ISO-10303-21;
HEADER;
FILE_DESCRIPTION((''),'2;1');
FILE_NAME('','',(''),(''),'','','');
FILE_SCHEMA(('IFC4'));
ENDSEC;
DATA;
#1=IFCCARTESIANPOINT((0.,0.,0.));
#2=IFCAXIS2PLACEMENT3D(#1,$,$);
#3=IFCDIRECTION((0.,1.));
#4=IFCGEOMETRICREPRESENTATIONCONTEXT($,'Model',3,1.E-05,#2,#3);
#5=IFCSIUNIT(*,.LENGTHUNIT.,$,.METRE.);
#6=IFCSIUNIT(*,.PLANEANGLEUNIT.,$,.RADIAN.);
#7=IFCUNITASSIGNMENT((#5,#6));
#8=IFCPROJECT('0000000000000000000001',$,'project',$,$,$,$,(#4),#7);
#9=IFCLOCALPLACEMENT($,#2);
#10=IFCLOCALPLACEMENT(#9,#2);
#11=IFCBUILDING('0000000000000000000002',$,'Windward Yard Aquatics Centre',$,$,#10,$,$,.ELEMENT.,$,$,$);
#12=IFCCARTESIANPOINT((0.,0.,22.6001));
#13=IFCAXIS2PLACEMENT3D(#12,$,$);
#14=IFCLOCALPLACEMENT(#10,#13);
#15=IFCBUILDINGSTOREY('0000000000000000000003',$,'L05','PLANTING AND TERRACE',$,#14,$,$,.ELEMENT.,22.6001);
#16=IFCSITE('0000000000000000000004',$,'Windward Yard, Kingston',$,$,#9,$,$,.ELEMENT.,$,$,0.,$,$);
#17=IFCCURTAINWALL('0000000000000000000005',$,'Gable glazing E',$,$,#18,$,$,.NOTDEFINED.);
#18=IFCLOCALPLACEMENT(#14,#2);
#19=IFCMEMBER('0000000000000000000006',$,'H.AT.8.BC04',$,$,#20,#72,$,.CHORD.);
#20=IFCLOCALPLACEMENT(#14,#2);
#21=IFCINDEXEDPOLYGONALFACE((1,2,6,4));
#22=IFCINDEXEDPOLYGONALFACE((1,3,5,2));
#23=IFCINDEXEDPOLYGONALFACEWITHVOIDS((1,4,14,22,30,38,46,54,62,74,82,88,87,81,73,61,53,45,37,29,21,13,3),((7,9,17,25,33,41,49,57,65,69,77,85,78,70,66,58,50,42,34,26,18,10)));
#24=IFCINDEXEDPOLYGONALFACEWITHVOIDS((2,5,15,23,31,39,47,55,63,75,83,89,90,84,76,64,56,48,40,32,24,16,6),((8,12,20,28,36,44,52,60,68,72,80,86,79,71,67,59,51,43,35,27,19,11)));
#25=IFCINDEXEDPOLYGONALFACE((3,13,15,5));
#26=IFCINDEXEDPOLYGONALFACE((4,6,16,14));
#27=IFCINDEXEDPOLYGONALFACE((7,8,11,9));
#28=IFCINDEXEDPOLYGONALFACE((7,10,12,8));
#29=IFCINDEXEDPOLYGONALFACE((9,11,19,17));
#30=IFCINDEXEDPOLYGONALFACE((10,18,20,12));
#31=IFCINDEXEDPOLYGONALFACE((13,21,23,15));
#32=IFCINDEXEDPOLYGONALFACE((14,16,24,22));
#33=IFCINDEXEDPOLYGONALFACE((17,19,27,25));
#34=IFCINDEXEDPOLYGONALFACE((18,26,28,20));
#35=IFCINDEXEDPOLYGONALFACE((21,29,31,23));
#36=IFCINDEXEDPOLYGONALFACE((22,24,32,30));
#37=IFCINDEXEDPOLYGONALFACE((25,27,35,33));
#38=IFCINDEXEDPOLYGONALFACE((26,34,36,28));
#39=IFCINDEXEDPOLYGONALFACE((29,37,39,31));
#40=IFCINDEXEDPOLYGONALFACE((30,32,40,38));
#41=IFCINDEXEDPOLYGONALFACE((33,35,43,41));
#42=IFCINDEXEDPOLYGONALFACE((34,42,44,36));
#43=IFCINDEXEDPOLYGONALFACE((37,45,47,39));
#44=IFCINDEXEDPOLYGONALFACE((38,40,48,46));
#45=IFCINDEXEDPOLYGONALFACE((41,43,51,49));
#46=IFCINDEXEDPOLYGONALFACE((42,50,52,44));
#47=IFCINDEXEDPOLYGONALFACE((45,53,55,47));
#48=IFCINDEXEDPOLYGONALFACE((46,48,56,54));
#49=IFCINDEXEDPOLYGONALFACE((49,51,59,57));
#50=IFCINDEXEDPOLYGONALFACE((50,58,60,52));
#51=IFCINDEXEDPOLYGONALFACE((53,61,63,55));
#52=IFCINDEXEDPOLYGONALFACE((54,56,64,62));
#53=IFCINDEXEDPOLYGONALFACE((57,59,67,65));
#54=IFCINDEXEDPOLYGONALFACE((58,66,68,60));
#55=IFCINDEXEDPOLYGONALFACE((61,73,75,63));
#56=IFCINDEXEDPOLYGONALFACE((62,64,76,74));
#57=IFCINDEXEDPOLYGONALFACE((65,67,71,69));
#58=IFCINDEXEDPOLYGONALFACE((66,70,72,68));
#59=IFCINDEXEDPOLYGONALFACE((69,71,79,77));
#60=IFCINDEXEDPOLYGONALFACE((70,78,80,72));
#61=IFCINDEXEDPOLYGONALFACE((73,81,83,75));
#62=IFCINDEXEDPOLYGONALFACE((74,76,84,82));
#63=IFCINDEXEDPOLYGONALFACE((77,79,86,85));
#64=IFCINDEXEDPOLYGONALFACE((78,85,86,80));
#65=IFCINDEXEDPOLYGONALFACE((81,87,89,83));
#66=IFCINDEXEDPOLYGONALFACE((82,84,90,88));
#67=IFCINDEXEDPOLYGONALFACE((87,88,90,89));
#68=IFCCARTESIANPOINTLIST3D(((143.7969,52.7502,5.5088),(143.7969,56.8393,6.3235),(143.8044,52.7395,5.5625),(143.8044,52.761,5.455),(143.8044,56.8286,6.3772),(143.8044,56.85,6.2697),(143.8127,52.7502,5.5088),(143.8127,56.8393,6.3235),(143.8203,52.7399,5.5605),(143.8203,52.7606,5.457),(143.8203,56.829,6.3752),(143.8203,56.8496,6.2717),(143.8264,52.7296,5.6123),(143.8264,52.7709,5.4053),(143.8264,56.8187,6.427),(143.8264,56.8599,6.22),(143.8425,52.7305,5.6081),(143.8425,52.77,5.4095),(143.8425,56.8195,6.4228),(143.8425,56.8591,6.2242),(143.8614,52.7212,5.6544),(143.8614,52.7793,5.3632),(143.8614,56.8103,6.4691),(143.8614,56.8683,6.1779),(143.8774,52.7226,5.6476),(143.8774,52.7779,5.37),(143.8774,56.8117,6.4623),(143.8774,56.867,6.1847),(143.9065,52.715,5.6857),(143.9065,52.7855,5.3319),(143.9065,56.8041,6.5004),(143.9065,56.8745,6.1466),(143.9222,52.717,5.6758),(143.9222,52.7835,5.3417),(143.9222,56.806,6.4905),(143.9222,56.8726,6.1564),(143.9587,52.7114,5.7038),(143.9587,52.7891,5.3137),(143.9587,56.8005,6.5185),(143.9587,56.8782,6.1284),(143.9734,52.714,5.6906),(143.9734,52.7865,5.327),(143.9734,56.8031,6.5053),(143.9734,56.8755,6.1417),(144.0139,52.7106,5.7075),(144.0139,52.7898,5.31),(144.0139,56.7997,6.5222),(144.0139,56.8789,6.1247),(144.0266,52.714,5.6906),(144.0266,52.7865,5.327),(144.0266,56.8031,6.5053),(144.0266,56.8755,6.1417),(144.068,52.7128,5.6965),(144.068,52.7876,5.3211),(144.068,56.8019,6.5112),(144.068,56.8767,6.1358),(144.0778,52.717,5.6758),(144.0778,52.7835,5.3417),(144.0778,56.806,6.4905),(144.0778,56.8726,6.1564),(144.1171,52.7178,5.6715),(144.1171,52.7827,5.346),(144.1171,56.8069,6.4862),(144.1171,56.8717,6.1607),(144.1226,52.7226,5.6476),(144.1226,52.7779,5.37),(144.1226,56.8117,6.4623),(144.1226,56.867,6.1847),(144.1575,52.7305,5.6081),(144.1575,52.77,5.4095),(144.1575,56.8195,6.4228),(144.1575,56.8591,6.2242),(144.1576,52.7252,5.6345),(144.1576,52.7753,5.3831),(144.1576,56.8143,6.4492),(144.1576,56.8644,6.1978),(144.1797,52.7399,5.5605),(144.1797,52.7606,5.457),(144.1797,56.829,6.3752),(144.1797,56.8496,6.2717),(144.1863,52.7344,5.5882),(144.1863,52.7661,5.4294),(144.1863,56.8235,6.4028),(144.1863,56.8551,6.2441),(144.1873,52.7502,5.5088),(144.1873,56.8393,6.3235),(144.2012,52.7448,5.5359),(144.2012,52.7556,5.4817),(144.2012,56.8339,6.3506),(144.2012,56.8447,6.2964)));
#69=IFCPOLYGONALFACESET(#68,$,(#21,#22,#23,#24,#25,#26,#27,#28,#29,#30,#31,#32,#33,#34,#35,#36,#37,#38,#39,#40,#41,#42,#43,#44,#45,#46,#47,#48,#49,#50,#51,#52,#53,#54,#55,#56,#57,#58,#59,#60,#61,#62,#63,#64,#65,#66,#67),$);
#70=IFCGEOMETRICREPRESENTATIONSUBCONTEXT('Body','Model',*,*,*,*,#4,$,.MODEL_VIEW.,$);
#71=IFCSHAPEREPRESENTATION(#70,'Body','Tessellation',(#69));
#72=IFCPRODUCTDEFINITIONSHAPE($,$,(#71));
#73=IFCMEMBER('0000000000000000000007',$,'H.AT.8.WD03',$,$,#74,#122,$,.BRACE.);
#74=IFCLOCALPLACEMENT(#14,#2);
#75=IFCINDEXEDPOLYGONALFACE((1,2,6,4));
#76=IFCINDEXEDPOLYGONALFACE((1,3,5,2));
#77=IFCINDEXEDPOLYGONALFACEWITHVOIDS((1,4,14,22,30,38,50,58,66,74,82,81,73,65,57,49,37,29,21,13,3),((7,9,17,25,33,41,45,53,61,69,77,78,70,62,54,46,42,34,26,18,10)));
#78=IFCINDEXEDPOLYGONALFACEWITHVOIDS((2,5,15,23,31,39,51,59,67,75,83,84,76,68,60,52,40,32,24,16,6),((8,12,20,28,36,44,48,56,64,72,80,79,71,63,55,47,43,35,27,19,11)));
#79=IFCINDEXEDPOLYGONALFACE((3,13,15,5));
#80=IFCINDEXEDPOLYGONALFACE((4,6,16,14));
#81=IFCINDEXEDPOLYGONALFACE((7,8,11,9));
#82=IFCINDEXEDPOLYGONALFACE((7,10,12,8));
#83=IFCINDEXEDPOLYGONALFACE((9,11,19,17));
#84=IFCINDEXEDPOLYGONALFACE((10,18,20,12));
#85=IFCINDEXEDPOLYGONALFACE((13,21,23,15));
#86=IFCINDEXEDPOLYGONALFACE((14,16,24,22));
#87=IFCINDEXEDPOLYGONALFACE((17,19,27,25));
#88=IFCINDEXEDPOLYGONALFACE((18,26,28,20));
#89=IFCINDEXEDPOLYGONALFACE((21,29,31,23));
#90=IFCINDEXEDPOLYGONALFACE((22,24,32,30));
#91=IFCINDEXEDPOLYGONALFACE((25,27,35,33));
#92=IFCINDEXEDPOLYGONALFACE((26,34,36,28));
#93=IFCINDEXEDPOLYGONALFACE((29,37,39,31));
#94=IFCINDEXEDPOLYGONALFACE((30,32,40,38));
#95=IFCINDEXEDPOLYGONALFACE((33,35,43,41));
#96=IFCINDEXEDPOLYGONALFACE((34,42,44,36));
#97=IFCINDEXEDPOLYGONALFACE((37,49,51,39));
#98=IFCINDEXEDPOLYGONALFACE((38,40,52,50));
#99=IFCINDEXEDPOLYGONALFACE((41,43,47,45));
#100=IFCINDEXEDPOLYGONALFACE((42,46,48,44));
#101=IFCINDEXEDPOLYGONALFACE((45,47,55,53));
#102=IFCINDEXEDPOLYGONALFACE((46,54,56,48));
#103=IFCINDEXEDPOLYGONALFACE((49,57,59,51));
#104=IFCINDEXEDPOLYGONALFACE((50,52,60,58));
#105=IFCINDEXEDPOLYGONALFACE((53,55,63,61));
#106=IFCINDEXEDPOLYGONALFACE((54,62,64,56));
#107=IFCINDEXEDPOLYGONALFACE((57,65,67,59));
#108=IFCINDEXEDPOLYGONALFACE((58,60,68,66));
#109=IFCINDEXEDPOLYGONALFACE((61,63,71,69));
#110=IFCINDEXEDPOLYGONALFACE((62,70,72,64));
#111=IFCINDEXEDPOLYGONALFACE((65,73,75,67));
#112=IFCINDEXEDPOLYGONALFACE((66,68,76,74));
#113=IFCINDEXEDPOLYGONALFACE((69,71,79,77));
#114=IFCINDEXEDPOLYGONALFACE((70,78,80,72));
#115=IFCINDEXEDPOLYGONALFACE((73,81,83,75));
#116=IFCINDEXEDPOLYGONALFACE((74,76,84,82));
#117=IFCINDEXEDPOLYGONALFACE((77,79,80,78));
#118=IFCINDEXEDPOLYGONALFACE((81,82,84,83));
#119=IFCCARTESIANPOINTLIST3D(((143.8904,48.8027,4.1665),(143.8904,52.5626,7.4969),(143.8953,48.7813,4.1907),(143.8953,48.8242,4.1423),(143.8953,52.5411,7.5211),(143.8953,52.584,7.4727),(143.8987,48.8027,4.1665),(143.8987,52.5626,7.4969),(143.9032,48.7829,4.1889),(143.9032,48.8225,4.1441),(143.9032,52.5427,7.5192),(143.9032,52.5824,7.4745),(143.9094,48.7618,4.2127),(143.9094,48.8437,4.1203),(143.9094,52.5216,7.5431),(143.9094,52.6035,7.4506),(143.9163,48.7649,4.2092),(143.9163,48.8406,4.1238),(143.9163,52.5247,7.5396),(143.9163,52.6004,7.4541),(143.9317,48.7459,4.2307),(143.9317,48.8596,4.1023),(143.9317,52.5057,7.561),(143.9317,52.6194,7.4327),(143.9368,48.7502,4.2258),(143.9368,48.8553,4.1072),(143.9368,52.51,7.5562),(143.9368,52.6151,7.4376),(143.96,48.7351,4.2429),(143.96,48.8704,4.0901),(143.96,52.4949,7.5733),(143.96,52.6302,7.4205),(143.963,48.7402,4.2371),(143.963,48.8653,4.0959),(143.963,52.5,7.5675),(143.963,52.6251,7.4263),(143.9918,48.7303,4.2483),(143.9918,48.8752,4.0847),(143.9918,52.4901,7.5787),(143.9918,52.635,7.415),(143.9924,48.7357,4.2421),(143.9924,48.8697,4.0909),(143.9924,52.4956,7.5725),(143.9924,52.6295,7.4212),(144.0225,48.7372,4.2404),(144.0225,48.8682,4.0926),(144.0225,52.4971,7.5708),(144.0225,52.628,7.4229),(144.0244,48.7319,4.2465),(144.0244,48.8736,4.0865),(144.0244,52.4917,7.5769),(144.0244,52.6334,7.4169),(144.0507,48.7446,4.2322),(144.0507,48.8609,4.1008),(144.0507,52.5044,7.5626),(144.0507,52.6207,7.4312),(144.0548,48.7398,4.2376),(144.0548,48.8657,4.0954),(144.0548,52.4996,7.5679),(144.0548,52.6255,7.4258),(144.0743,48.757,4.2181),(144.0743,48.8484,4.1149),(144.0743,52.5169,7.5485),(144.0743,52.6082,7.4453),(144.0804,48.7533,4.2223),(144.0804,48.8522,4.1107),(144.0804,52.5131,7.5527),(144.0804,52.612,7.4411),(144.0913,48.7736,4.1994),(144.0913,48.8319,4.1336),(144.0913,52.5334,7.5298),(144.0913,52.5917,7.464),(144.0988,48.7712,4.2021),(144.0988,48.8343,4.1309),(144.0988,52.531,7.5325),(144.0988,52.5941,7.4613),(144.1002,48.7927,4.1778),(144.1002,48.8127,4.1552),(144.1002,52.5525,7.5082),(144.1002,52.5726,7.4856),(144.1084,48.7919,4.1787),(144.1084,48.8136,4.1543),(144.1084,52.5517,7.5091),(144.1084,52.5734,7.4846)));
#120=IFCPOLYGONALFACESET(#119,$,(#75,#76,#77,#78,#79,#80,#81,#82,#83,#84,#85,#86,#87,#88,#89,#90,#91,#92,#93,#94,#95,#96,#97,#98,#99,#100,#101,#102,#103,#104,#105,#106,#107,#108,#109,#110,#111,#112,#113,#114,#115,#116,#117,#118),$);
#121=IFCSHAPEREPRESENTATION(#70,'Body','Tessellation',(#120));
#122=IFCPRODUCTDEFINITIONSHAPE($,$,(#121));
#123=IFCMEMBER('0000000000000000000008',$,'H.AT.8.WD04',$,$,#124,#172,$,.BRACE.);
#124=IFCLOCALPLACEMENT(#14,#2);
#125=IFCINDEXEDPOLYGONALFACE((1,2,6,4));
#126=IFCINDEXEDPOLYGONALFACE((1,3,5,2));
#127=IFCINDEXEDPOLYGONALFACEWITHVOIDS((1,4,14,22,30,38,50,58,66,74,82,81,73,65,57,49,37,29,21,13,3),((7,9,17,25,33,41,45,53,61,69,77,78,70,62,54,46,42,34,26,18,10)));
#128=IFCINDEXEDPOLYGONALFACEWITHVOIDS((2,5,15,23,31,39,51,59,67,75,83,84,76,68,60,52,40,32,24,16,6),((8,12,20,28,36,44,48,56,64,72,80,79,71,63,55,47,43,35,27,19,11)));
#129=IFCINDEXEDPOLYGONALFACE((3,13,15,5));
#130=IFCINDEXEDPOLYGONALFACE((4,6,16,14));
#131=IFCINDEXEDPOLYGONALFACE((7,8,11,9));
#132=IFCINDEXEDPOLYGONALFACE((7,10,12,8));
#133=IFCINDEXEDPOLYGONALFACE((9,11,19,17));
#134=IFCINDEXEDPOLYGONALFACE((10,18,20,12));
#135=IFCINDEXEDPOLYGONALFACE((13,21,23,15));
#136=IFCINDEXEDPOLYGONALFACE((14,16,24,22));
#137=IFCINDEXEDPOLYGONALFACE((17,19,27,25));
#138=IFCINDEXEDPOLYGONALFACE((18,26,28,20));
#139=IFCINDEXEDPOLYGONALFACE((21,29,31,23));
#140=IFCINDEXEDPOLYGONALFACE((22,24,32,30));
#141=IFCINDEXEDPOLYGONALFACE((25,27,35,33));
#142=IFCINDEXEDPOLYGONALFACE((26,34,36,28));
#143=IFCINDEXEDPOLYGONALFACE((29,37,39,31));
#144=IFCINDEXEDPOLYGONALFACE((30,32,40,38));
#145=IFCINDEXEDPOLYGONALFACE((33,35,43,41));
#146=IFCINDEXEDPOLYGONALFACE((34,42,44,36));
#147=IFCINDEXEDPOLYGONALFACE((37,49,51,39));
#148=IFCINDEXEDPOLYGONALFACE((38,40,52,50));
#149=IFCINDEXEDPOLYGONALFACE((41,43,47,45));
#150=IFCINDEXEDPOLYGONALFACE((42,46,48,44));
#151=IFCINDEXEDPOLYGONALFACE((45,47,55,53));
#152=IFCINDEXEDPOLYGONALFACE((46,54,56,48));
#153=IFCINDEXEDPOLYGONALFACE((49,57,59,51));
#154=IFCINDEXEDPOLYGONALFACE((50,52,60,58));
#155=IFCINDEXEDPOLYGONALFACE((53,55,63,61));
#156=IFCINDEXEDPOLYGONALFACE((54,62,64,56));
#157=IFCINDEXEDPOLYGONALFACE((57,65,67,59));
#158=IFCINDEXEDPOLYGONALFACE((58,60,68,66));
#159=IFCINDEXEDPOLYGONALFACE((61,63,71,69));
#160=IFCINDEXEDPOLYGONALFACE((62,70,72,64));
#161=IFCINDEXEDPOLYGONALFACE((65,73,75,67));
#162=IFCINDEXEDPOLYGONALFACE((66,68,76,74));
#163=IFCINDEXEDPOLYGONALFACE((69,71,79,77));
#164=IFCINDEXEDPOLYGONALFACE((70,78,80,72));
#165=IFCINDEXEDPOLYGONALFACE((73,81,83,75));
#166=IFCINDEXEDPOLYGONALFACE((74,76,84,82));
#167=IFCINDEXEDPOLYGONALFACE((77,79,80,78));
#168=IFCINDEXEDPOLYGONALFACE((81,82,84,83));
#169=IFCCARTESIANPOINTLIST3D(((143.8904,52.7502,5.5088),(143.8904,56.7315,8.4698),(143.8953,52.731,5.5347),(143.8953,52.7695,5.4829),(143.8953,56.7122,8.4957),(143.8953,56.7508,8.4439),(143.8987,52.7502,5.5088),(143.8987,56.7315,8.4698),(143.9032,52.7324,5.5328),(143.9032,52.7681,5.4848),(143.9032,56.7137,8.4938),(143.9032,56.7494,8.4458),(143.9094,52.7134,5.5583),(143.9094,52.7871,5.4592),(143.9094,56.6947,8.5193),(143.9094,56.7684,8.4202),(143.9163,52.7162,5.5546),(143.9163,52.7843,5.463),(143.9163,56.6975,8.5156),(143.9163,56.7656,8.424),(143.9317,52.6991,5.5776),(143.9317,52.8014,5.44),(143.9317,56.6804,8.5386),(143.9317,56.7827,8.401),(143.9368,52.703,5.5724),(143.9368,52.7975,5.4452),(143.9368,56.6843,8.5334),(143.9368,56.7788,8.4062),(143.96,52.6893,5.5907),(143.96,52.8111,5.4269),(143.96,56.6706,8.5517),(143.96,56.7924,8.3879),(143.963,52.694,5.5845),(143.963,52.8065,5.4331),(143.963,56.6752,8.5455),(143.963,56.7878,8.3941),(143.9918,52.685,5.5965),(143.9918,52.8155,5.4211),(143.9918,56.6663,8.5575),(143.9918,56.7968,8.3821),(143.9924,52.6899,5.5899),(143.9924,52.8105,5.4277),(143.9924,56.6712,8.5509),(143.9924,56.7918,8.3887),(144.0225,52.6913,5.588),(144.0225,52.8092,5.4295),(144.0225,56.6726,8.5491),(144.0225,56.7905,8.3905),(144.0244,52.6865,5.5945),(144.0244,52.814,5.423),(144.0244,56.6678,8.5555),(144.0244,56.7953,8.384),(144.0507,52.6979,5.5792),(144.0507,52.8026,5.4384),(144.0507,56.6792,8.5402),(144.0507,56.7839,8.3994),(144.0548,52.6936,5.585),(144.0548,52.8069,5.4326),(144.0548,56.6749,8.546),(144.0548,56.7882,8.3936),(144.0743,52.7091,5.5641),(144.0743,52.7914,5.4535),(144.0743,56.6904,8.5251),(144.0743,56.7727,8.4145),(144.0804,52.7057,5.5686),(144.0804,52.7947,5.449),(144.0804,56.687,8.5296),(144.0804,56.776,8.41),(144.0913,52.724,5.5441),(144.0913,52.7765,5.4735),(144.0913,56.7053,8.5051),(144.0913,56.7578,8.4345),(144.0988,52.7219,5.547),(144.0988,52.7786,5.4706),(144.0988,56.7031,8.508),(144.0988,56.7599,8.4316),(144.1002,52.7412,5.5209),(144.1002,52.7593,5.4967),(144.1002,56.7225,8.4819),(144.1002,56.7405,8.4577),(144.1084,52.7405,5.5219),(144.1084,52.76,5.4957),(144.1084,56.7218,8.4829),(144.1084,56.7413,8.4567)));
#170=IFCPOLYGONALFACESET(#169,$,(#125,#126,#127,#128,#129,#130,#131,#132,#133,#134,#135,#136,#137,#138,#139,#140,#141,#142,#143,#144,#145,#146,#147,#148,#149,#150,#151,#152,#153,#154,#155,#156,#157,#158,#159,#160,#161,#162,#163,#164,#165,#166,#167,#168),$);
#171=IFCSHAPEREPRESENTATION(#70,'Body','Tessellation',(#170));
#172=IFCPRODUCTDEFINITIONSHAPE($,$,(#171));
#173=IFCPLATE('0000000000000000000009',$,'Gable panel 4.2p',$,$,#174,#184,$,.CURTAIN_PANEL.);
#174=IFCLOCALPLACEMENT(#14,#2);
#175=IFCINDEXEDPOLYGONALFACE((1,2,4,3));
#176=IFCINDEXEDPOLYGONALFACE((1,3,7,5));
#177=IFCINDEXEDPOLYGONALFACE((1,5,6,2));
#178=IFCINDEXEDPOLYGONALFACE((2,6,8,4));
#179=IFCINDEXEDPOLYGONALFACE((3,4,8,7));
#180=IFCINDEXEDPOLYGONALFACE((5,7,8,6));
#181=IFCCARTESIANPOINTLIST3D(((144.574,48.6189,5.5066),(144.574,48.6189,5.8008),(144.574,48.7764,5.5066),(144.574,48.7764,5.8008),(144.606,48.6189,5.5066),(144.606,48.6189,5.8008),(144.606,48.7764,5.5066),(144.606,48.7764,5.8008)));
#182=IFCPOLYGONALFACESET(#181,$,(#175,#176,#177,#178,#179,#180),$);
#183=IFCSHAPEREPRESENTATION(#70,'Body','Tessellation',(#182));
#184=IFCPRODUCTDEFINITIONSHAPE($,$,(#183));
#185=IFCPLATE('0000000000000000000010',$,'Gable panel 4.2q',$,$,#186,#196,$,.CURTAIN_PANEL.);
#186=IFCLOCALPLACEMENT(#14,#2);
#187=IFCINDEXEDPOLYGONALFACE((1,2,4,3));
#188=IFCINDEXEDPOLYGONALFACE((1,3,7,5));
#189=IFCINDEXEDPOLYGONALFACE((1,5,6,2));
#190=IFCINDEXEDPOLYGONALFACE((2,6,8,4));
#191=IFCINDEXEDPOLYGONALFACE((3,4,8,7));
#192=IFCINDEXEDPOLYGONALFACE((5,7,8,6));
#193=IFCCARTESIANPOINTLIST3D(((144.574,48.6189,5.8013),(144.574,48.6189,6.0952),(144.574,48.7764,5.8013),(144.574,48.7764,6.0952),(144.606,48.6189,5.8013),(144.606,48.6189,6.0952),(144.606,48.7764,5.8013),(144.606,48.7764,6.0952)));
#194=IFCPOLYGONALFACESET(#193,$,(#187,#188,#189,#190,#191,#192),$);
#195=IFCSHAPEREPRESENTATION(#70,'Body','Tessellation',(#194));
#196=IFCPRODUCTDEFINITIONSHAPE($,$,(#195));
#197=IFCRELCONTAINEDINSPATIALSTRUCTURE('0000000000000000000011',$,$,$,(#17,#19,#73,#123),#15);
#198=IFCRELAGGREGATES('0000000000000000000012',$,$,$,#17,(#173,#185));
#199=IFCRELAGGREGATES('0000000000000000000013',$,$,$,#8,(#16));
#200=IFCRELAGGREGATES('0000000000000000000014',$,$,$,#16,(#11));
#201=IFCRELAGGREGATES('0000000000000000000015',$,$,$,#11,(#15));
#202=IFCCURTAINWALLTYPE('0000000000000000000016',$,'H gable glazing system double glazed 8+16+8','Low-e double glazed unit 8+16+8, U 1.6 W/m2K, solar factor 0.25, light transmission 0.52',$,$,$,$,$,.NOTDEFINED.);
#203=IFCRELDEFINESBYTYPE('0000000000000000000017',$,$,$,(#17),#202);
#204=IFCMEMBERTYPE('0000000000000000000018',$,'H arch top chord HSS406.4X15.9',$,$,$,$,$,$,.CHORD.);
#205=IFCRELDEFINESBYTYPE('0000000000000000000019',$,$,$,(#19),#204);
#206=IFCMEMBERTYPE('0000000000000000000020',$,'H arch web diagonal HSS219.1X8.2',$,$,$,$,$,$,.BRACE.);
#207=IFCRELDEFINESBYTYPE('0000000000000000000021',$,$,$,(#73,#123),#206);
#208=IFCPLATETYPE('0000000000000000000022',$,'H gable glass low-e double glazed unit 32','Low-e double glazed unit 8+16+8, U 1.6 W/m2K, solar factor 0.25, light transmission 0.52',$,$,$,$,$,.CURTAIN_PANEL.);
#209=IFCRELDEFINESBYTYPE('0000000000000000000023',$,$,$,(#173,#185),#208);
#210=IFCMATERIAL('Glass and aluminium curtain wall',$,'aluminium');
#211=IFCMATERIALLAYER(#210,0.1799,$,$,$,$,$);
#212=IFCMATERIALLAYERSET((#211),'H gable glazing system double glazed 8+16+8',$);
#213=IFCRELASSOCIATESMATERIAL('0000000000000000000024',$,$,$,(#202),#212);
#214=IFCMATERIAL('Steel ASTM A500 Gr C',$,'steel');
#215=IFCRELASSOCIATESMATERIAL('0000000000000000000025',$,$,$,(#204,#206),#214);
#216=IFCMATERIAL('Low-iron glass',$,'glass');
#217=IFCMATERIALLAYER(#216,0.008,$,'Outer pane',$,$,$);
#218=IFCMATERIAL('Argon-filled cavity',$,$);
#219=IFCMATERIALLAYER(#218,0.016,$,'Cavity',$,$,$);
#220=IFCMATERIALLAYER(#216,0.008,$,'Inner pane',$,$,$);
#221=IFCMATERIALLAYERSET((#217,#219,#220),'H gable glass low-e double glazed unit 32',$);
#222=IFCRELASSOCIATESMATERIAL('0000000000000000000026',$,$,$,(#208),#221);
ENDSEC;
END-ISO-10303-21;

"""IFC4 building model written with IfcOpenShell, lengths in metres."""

from ifc_helpers import new_model, si_unit, direction, frame, origin, origin_2d, place, context, subcontext, project, spatial, polyline, hollow_circle, outline, extrude, material, layer, layer_set, material_profile, profile_set, type_object, element, aggregate, save


model = new_model("IFC4")

# Units and contexts
model_context = context("Model", 3, precision=1e-05, world=origin(), true_north=direction((0.0, 1.0)))
body_context = subcontext(model_context, "Body", "Model", "MODEL_VIEW")
ifc_project = project(units=[si_unit("LENGTHUNIT", "METRE"), si_unit("PLANEANGLEUNIT", "RADIAN")], contexts=[model_context])

# Site, building, storey
site_placement = place(None, origin())
site = spatial("IfcSite", under=ifc_project, at=site_placement, Name="Windward Yard, Kingston", CompositionType="ELEMENT", RefElevation=0.0)
building_placement = place(site_placement, origin())
building = spatial("IfcBuilding", under=site, at=building_placement, Name="Windward Yard Aquatics Centre", CompositionType="ELEMENT")
storey_placement = place(building_placement, frame((0.0, 0.0, 22.6001)))
storey = spatial("IfcBuildingStorey", under=building, at=storey_placement, Name="L05", Description="PLANTING AND TERRACE", CompositionType="ELEMENT", Elevation=22.6001)

# Curtain wall
ifc_material_1 = material(Name="Glass and aluminium curtain wall", Category="aluminium")
ifc_layer_1 = layer(ifc_material_1, 0.1799)
ifc_layer_set_1 = layer_set([ifc_layer_1], Name="H gable glazing system double glazed 8+16+8")
curtain_wall_type = type_object("IfcCurtainWallType", Name="H gable glazing system double glazed 8+16+8", Description="Low-e double glazed unit 8+16+8, U 1.6 W/m2K, solar factor 0.25, light transmission 0.52", PredefinedType="NOTDEFINED", material=ifc_layer_set_1)
curtain_wall_placement = place(storey_placement, origin())
curtain_wall = element("IfcCurtainWall", 1, at=curtain_wall_placement, inside=storey, type_object=curtain_wall_type, Name="Gable glazing E", PredefinedType="NOTDEFINED")

# Members
ifc_material_2 = material(Name="Steel ASTM A500 Gr C", Category="steel")
ifc_material_profile_1 = material_profile(ifc_material_2, hollow_circle(Radius=0.2031, WallThickness=0.0159, at=origin_2d()), Name="HSS406.4X15.9")
ifc_profile_set_1 = profile_set([ifc_material_profile_1], Name="Steel ASTM A500 Gr C")
member_type_1 = type_object("IfcMemberType", Name="H arch top chord HSS406.4X15.9", PredefinedType="CHORD", material=ifc_profile_set_1)
member_1_placement = place(storey_placement, frame((144.0, 52.7502, 5.5088), z_axis=(0.0, 0.980725, 0.195395), x_axis=(-1.0, 0.0, 0.0)))
element("IfcMember", 2, at=member_1_placement, inside=storey, type_object=member_type_1, Name="H.AT.8.BC04", PredefinedType="CHORD", context=body_context, shape_type="SweptSolid", body=[
    extrude(hollow_circle(Radius=0.2031, WallThickness=0.0159, at=origin_2d()), origin(), (0.0, 0.0, 1.0), 4.1694),
])
ifc_material_profile_2 = material_profile(ifc_material_2, hollow_circle(Radius=0.1096, WallThickness=0.0083, at=origin_2d()), Name="HSS219.1X8.2")
ifc_profile_set_2 = profile_set([ifc_material_profile_2], Name="Steel ASTM A500 Gr C")
member_type_2 = type_object("IfcMemberType", Name="H arch web diagonal HSS219.1X8.2", PredefinedType="BRACE", material=ifc_profile_set_2)
member_2_placement = place(storey_placement, frame((144.0, 48.8027, 4.1665), z_axis=(0.0, 0.748564, 0.663062), x_axis=(-1.0, 0.0, 0.0)))
element("IfcMember", 3, at=member_2_placement, inside=storey, type_object=member_type_2, Name="H.AT.8.WD03", PredefinedType="BRACE", context=body_context, shape_type="SweptSolid", body=[
    extrude(hollow_circle(Radius=0.1096, WallThickness=0.0083, at=origin_2d()), origin(), (0.0, 0.0, 1.0), 5.0227),
])
member_3_placement = place(storey_placement, frame((144.0, 52.7502, 5.5088), z_axis=(0.0, 0.802409, 0.596775), x_axis=(-1.0, 0.0, 0.0)))
element("IfcMember", 4, at=member_3_placement, inside=storey, type_object=member_type_2, Name="H.AT.8.WD04", PredefinedType="BRACE", context=body_context, shape_type="SweptSolid", body=[
    extrude(hollow_circle(Radius=0.1096, WallThickness=0.0083, at=origin_2d()), origin(), (0.0, 0.0, 1.0), 4.9617),
])

# Plates
ifc_material_3 = material(Name="Low-iron glass", Category="glass")
ifc_layer_2 = layer(ifc_material_3, 0.008, Name="Outer pane")
ifc_material_4 = material(Name="Argon-filled cavity")
ifc_layer_3 = layer(ifc_material_4, 0.016, Name="Cavity")
ifc_layer_4 = layer(ifc_material_3, 0.008, Name="Inner pane")
ifc_layer_set_2 = layer_set([ifc_layer_2, ifc_layer_3, ifc_layer_4], Name="H gable glass low-e double glazed unit 32")
plate_type = type_object("IfcPlateType", Name="H gable glass low-e double glazed unit 32", Description="Low-e double glazed unit 8+16+8, U 1.6 W/m2K, solar factor 0.25, light transmission 0.52", PredefinedType="CURTAIN_PANEL", material=ifc_layer_set_2)
plate_1_placement = place(storey_placement, frame((144.606, 48.6189, 5.5066), z_axis=(1.0, 0.0, 0.0), x_axis=(0.0, 1.0, 0.0)))
plate_1 = element("IfcPlate", 5, at=plate_1_placement, type_object=plate_type, Name="Gable panel 4.2p", PredefinedType="CURTAIN_PANEL", context=body_context, shape_type="SweptSolid", body=[
    extrude(outline(polyline([(0.0, 0.0), (0.1575, 0.0), (0.1575, 0.2942), (0.0, 0.2942), (0.0, 0.0)])), origin(), (0.0, 0.0, -1.0), 0.032),
])
plate_2_placement = place(storey_placement, frame((144.606, 48.6189, 5.8013), z_axis=(1.0, 0.0, 0.0), x_axis=(0.0, 1.0, 0.0)))
plate_2 = element("IfcPlate", 6, at=plate_2_placement, type_object=plate_type, Name="Gable panel 4.2q", PredefinedType="CURTAIN_PANEL", context=body_context, shape_type="SweptSolid", body=[
    extrude(outline(polyline([(0.0, 0.0), (0.1575, 0.0), (0.1575, 0.2939), (0.0, 0.2939), (0.0, 0.0)])), origin(), (0.0, 0.0, -1.0), 0.032),
])

aggregate(curtain_wall, [plate_1, plate_2])

save(model, "model.ifc")
